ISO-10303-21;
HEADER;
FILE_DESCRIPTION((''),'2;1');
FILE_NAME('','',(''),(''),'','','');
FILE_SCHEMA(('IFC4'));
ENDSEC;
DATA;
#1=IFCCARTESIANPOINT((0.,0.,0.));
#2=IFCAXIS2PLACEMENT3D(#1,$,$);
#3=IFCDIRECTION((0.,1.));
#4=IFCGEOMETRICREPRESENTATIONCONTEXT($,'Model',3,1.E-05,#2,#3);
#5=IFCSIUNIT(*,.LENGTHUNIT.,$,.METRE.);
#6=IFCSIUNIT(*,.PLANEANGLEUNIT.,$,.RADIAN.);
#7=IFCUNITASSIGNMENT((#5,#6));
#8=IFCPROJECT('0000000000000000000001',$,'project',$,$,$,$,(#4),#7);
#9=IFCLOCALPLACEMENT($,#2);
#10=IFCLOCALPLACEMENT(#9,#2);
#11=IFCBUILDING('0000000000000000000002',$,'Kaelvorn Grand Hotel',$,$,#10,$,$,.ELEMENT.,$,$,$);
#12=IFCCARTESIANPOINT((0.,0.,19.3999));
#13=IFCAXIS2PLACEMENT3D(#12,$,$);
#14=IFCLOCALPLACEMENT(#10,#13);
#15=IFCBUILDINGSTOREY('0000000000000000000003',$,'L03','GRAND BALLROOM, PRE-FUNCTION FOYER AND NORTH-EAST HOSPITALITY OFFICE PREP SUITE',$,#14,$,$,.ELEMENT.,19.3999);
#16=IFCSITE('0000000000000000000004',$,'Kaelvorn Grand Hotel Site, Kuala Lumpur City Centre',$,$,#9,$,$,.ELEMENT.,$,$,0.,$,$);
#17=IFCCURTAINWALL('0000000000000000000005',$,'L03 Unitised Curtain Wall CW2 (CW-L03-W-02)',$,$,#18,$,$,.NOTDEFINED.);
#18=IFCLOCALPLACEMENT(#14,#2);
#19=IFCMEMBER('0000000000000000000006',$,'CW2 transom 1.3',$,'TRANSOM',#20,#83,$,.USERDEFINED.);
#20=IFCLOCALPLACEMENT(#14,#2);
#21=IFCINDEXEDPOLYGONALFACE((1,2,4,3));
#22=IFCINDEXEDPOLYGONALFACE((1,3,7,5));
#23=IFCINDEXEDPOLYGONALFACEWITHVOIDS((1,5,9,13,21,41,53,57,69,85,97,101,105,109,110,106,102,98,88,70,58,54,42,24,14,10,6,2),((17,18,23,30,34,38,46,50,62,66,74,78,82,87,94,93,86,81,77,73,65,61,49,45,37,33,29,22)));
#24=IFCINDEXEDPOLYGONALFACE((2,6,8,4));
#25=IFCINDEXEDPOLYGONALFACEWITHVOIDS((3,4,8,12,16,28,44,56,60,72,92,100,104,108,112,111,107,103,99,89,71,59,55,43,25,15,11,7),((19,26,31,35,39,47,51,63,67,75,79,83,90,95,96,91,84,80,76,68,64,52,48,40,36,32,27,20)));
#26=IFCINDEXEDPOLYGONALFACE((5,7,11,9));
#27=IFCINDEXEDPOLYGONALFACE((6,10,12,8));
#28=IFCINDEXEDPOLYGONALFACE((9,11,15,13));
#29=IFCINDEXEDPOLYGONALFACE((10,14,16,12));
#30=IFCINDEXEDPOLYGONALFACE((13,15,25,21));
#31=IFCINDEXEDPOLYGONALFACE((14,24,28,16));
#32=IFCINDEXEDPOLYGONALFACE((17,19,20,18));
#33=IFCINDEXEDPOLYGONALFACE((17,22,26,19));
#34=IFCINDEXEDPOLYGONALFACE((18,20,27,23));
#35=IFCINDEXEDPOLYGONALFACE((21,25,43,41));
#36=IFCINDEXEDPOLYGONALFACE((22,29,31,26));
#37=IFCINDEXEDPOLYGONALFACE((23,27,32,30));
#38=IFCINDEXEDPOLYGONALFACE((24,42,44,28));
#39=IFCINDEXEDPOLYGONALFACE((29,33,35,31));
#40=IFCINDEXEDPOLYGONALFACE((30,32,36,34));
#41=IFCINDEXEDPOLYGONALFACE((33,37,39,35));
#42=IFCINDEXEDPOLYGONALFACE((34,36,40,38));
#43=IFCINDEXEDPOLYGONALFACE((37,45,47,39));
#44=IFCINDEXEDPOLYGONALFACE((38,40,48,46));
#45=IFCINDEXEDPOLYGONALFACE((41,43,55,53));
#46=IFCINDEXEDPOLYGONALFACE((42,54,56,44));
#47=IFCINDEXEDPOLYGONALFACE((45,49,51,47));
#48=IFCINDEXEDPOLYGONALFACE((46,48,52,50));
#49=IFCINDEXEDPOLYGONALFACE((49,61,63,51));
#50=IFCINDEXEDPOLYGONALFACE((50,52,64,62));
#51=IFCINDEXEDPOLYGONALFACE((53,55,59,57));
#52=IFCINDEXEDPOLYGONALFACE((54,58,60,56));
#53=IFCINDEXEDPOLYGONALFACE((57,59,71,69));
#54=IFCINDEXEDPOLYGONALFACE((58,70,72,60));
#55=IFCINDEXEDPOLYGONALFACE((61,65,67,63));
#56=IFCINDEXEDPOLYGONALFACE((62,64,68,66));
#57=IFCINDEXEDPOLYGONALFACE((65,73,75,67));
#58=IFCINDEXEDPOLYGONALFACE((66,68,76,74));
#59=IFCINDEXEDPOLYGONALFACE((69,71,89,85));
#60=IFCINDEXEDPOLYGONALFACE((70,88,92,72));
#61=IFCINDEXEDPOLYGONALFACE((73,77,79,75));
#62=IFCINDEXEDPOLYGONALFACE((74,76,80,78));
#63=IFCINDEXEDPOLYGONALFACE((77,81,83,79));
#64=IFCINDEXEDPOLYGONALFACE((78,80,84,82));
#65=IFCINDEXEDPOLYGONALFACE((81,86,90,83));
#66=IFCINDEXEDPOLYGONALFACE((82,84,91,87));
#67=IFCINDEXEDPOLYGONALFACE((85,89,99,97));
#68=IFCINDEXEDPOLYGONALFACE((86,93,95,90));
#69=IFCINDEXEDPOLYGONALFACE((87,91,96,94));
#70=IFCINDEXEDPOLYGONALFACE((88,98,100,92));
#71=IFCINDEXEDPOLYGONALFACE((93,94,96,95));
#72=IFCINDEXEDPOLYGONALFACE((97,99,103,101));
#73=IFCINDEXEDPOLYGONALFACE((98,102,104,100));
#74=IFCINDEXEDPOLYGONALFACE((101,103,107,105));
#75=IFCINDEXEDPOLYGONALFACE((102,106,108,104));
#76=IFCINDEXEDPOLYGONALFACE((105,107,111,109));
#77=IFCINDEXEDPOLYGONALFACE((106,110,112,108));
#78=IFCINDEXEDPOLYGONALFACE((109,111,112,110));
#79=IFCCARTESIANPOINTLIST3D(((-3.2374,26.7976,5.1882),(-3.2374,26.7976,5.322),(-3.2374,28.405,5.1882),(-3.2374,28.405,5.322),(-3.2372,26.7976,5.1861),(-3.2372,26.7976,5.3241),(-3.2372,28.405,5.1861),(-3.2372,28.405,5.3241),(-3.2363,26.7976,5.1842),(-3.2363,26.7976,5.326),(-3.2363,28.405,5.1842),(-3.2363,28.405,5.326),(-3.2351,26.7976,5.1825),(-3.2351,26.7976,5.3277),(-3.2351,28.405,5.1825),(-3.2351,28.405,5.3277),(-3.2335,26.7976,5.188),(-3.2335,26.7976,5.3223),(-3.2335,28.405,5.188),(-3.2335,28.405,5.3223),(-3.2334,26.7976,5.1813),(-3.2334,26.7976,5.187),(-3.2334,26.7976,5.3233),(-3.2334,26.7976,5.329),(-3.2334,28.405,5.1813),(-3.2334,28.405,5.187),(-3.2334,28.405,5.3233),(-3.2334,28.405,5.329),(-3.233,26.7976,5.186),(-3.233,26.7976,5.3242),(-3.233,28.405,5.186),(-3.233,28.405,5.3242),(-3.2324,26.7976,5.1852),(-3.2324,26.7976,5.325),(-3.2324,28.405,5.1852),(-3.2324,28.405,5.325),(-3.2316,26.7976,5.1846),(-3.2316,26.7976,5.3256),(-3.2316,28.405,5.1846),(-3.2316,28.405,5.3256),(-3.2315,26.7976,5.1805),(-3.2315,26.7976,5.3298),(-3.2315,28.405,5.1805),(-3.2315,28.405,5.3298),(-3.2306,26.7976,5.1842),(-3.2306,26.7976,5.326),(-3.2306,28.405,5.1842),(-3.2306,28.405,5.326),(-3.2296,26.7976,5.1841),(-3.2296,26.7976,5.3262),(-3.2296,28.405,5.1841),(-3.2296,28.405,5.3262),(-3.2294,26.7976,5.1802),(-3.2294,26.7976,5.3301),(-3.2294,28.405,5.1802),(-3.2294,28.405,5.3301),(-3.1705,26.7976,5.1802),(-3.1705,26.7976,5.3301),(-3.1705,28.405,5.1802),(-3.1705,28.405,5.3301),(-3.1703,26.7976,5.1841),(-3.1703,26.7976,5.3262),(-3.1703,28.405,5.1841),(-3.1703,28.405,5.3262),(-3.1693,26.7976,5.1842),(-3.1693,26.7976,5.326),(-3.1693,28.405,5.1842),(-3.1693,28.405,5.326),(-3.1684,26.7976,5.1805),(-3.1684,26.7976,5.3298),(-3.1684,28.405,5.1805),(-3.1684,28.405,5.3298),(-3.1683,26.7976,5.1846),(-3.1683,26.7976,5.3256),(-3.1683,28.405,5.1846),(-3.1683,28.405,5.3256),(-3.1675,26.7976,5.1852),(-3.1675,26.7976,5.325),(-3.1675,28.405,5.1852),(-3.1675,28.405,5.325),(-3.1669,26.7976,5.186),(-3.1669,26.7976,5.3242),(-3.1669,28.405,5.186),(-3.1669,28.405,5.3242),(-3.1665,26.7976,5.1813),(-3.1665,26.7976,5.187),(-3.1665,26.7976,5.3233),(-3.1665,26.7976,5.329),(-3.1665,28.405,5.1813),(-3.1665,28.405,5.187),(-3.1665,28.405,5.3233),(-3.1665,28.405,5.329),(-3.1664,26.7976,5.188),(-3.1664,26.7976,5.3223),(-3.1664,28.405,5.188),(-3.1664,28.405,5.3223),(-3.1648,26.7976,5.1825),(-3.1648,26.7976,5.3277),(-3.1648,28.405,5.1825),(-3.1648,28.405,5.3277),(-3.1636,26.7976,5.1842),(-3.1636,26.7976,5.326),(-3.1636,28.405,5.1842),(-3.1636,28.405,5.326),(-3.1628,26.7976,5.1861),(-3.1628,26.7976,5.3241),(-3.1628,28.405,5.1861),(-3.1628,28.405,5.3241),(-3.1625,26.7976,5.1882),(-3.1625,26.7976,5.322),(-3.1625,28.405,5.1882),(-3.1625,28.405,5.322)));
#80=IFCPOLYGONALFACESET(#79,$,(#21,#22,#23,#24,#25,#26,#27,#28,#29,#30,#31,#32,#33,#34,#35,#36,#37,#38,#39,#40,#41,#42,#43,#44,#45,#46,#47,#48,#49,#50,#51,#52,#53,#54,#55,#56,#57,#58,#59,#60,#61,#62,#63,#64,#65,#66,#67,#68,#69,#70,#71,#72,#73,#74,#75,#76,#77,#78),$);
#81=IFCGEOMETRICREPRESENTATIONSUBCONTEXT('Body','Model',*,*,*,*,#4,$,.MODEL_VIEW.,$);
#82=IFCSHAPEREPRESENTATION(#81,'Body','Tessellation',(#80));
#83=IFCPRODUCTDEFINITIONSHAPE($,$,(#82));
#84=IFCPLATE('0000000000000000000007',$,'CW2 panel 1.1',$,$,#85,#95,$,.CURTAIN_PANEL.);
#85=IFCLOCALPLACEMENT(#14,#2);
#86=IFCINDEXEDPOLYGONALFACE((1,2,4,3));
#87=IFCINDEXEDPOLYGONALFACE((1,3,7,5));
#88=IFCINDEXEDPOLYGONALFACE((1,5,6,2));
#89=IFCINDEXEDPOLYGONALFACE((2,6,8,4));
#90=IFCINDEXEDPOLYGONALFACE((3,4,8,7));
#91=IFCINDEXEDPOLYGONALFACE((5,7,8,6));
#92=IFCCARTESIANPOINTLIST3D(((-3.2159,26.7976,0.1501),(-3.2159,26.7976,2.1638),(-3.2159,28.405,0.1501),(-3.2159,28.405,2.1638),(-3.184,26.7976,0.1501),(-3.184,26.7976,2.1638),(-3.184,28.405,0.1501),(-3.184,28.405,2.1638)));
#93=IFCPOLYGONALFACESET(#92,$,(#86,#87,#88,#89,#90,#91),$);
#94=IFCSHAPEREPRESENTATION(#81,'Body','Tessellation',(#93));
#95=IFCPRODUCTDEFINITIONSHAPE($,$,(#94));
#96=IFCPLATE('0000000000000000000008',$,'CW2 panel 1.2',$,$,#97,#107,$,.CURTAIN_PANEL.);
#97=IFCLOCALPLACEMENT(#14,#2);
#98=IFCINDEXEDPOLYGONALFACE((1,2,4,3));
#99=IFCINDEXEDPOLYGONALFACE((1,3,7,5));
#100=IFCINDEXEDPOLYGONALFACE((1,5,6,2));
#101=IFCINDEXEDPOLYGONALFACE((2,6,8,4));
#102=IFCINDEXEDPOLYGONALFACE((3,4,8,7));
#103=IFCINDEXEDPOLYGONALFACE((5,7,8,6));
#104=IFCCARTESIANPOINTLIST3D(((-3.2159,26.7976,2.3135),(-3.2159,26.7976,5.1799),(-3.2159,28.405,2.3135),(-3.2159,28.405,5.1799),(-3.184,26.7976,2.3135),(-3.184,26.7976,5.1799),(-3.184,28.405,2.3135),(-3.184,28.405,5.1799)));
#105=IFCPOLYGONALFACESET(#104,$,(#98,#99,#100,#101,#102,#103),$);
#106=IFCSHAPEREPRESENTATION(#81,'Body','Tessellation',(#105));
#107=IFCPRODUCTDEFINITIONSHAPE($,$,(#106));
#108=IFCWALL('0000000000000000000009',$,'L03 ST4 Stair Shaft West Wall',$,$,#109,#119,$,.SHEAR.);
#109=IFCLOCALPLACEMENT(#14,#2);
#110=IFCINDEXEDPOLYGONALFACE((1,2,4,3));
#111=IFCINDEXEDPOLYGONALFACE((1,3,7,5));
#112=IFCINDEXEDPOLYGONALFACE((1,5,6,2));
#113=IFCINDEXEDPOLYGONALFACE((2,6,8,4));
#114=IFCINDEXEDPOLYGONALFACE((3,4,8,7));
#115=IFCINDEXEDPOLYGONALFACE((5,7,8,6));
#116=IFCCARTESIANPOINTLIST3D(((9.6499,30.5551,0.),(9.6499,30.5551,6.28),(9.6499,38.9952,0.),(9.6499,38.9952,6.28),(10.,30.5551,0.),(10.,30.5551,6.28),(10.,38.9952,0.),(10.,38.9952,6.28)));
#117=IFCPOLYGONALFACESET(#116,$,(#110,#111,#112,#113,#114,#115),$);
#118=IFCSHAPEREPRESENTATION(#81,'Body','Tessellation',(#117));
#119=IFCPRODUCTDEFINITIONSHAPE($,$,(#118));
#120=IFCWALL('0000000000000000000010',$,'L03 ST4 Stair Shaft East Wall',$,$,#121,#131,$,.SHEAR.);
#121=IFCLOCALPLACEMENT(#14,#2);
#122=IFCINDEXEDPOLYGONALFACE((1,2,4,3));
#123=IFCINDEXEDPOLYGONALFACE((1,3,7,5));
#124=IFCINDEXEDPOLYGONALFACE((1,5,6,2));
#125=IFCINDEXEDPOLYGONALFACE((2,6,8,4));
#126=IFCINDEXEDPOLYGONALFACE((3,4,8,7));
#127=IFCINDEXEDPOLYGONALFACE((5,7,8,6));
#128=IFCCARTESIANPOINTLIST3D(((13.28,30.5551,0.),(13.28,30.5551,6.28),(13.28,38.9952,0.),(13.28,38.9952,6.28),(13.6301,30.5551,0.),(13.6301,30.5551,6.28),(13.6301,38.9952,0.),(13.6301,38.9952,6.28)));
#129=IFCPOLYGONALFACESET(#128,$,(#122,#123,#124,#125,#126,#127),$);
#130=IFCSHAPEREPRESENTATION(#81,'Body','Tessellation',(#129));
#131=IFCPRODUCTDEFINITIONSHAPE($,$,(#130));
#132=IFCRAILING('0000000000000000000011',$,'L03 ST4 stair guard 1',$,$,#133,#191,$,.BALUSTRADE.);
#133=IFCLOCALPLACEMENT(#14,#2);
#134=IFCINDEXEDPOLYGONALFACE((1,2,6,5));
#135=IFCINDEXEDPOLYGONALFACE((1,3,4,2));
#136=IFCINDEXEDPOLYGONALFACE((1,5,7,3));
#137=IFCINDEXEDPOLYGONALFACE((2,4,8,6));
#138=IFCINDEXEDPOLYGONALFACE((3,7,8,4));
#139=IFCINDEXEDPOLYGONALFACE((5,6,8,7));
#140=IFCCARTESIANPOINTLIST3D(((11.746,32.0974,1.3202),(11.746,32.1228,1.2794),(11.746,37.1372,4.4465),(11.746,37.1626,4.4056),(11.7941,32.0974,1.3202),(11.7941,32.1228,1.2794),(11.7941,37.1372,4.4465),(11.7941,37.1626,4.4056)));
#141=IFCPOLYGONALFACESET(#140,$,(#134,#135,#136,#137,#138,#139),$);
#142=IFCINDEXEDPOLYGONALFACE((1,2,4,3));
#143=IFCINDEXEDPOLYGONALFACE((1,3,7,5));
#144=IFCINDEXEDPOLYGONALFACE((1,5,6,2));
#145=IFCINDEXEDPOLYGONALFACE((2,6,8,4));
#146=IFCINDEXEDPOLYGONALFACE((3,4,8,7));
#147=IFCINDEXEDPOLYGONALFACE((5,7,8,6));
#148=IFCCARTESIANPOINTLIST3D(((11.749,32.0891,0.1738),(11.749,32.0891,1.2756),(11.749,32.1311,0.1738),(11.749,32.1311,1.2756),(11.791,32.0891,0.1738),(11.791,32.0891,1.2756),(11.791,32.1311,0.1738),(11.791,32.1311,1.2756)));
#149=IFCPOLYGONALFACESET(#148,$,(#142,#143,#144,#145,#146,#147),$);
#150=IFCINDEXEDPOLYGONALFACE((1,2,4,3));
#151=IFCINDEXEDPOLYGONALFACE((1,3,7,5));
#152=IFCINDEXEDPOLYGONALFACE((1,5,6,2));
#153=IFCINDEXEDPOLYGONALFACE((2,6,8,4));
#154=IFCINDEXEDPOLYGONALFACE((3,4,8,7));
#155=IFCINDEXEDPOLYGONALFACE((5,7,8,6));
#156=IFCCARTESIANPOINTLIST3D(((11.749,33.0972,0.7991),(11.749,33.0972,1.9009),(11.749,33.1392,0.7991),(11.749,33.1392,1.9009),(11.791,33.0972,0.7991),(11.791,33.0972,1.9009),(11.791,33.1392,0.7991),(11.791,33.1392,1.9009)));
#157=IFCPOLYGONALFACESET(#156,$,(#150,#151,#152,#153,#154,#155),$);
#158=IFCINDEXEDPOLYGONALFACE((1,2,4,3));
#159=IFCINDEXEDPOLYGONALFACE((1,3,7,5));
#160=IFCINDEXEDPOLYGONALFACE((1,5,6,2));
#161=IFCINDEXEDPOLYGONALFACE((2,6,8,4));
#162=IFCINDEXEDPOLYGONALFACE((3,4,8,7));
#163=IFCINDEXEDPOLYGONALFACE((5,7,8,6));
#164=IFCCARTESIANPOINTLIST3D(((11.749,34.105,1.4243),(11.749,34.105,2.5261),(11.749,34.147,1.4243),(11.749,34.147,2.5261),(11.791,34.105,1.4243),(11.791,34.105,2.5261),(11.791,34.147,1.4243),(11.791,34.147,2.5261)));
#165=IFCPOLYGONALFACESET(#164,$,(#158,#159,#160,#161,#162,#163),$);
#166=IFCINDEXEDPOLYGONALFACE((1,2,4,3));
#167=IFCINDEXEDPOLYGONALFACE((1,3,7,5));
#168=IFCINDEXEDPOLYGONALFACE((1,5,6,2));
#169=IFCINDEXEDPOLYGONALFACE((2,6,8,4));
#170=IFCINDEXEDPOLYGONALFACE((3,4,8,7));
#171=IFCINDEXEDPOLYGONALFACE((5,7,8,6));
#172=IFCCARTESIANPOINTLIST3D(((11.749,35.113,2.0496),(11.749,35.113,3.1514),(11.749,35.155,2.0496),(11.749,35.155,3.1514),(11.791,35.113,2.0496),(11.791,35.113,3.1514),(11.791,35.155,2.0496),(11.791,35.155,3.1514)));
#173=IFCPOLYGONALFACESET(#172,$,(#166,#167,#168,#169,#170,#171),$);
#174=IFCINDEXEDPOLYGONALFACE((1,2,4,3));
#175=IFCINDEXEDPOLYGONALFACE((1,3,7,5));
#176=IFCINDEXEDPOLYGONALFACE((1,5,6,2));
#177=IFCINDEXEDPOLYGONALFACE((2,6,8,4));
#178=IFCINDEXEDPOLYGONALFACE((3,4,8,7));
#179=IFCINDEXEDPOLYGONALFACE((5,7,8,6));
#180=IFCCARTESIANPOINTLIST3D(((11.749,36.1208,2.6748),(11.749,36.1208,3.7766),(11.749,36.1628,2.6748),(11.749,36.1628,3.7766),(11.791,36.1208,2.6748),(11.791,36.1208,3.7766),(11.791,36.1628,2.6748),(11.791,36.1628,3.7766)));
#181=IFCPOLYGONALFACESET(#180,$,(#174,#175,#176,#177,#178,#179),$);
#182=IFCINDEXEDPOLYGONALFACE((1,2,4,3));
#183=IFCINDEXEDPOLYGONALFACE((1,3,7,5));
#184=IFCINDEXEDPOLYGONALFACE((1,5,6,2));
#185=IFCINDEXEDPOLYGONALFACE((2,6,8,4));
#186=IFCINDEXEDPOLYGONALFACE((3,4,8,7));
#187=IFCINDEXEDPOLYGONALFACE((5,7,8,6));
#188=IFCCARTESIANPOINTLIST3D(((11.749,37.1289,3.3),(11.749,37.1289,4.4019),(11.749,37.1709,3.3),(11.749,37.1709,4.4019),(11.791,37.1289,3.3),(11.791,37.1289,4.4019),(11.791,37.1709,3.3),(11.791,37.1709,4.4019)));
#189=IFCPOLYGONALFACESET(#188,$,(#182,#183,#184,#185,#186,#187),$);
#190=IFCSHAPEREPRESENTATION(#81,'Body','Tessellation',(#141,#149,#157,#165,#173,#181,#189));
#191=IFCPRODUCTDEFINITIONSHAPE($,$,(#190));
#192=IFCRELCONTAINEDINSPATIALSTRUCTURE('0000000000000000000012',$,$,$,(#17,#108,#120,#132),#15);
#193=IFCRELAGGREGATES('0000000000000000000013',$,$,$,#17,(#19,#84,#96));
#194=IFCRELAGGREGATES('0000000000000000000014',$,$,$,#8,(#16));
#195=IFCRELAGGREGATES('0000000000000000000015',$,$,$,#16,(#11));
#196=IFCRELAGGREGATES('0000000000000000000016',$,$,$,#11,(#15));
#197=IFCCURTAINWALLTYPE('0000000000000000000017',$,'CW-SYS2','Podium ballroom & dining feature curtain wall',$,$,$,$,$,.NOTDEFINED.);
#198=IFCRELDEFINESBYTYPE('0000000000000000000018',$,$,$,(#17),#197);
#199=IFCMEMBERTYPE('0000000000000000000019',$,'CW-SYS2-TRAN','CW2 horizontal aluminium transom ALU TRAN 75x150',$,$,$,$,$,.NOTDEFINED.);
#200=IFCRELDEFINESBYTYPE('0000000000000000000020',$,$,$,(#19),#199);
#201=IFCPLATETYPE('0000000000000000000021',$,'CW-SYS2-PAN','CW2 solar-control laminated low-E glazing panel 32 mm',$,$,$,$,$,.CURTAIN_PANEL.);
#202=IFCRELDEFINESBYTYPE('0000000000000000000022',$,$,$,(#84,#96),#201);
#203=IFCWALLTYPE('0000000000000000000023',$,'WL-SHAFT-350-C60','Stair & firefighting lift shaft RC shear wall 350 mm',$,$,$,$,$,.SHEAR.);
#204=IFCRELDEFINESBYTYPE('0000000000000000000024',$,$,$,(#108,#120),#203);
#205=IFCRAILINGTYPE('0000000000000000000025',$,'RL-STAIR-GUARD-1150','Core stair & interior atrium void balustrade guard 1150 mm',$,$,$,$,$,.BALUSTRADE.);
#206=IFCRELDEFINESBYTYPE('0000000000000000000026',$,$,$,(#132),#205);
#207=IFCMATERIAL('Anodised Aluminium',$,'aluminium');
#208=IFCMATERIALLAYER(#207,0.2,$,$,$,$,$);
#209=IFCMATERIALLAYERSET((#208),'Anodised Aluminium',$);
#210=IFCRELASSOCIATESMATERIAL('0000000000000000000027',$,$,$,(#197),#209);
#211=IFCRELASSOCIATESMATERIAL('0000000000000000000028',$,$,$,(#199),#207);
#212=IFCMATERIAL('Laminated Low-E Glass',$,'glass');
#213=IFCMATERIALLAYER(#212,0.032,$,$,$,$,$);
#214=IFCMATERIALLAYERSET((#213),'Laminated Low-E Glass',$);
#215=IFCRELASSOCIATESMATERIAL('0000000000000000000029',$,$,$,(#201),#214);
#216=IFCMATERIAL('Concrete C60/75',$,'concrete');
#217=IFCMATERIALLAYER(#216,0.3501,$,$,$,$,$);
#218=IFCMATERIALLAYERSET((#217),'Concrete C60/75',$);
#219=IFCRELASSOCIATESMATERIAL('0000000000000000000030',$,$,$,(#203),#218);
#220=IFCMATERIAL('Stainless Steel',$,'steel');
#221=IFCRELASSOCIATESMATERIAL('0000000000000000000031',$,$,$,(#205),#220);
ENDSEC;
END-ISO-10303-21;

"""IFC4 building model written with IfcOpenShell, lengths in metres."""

from ifc_helpers import new_model, si_unit, direction, frame, frame_2d, origin, origin_2d, place, context, subcontext, project, spatial, rectangle, hollow_rectangle, extrude, material, layer, layer_set, material_profile, profile_set, type_object, element, aggregate, save


model = new_model("IFC4")

# Units and contexts
model_context = context("Model", 3, precision=1e-05, world=origin(), true_north=direction((0.0, 1.0)))
body_context = subcontext(model_context, "Body", "Model", "MODEL_VIEW")
ifc_project = project(units=[si_unit("LENGTHUNIT", "METRE"), si_unit("PLANEANGLEUNIT", "RADIAN")], contexts=[model_context])

# Site, building, storey
site_placement = place(None, origin())
site = spatial("IfcSite", under=ifc_project, at=site_placement, Name="Kaelvorn Grand Hotel Site, Kuala Lumpur City Centre", CompositionType="ELEMENT", RefElevation=0.0)
building_placement = place(site_placement, origin())
building = spatial("IfcBuilding", under=site, at=building_placement, Name="Kaelvorn Grand Hotel", CompositionType="ELEMENT")
storey_placement = place(building_placement, frame((0.0, 0.0, 19.3999)))
storey = spatial("IfcBuildingStorey", under=building, at=storey_placement, Name="L03", Description="GRAND BALLROOM, PRE-FUNCTION FOYER AND NORTH-EAST HOSPITALITY OFFICE PREP SUITE", CompositionType="ELEMENT", Elevation=19.3999)

# Shared definitions
ifc_material_1 = material(Name="Concrete C60/75", Category="concrete")

# Curtain wall, member, plates
ifc_material_2 = material(Name="Anodised Aluminium", Category="aluminium")
ifc_layer_1 = layer(ifc_material_2, 0.2)
ifc_layer_set_1 = layer_set([ifc_layer_1], Name="Anodised Aluminium")
curtain_wall_type = type_object("IfcCurtainWallType", Name="CW-SYS2", Description="Podium ballroom & dining feature curtain wall", PredefinedType="NOTDEFINED", material=ifc_layer_set_1)
curtain_wall_placement = place(storey_placement, origin())
curtain_wall = element("IfcCurtainWall", 1, at=curtain_wall_placement, inside=storey, type_object=curtain_wall_type, Name="L03 Unitised Curtain Wall CW2 (CW-L03-W-02)", PredefinedType="NOTDEFINED")
ifc_material_profile_1 = material_profile(ifc_material_2, hollow_rectangle(XDim=0.075, YDim=0.1499, WallThickness=0.0039, InnerFilletRadius=0.0039, OuterFilletRadius=0.0081, at=origin_2d()), Name="ALU TRAN 75x150")
ifc_profile_set_1 = profile_set([ifc_material_profile_1], Name="Anodised Aluminium")
member_type_1 = type_object("IfcMemberType", Name="CW-SYS2-TRAN", Description="CW2 horizontal aluminium transom ALU TRAN 75x150", PredefinedType="NOTDEFINED", material=ifc_profile_set_1)
member_1_placement = place(storey_placement, frame((-3.2, 28.405, 5.2551), z_axis=(0.0, -1.0, 0.0), x_axis=(1.0, 0.0, 0.0)))
member_1 = element("IfcMember", 2, at=member_1_placement, type_object=member_type_1, Name="CW2 transom 1.3", ObjectType="TRANSOM", PredefinedType="USERDEFINED", context=body_context, shape_type="SweptSolid", body=[
    extrude(hollow_rectangle(XDim=0.075, YDim=0.1499, WallThickness=0.0039, InnerFilletRadius=0.0039, OuterFilletRadius=0.0081, at=origin_2d()), origin(), (0.0, 0.0, 1.0), 1.6074),
])
ifc_material_3 = material(Name="Laminated Low-E Glass", Category="glass")
ifc_layer_2 = layer(ifc_material_3, 0.032)
ifc_layer_set_2 = layer_set([ifc_layer_2], Name="Laminated Low-E Glass")
plate_type = type_object("IfcPlateType", Name="CW-SYS2-PAN", Description="CW2 solar-control laminated low-E glazing panel 32 mm", PredefinedType="CURTAIN_PANEL", material=ifc_layer_set_2)
plate_1_placement = place(storey_placement, frame((-3.2, 27.6013, 0.1501), z_axis=(0.0, 0.0, 1.0), x_axis=(0.0, -1.0, 0.0)))
plate_1 = element("IfcPlate", 3, at=plate_1_placement, type_object=plate_type, Name="CW2 panel 1.1", PredefinedType="CURTAIN_PANEL", context=body_context, shape_type="SweptSolid", body=[
    extrude(rectangle(XDim=1.6074, YDim=0.032, at=origin_2d()), origin(), (0.0, 0.0, 1.0), 2.0137),
])
plate_2_placement = place(storey_placement, frame((-3.2, 27.6013, 2.3135), z_axis=(0.0, 0.0, 1.0), x_axis=(0.0, -1.0, 0.0)))
plate_2 = element("IfcPlate", 4, at=plate_2_placement, type_object=plate_type, Name="CW2 panel 1.2", PredefinedType="CURTAIN_PANEL", context=body_context, shape_type="SweptSolid", body=[
    extrude(rectangle(XDim=1.6074, YDim=0.032, at=origin_2d()), origin(), (0.0, 0.0, 1.0), 2.8665),
])
aggregate(curtain_wall, [member_1, plate_1, plate_2])

# Shared definitions
ifc_layer_3 = layer(ifc_material_1, 0.3501)
ifc_layer_set_3 = layer_set([ifc_layer_3], Name="Concrete C60/75")
wall_type = type_object("IfcWallType", Name="WL-SHAFT-350-C60", Description="Stair & firefighting lift shaft RC shear wall 350 mm", PredefinedType="SHEAR", material=ifc_layer_set_3)

# Walls
for number, where, z_axis, x_axis, name in (
    (5, (9.825, 30.5549, 0.0), (0.0, 0.0, 1.0), (0.0, 1.0, 0.0), "L03 ST4 Stair Shaft West Wall"),
    (6, (13.4551, 30.5549, 0.0), (0.0, 0.0, 1.0), (0.0, 1.0, 0.0), "L03 ST4 Stair Shaft East Wall"),
):
    element("IfcWall", number, at=place(storey_placement, frame(where, z_axis=z_axis, x_axis=x_axis)), inside=storey, type_object=wall_type, Name=name, PredefinedType="SHEAR", context=body_context, shape_type="SweptSolid", body=[
        extrude(rectangle(XDim=8.4402, YDim=0.3501, at=frame_2d((4.2202, 0.0))), origin(), (0.0, 0.0, 1.0), 6.28),
    ])

# Railing
ifc_material_4 = material(Name="Stainless Steel", Category="steel")
railing_type = type_object("IfcRailingType", Name="RL-STAIR-GUARD-1150", Description="Core stair & interior atrium void balustrade guard 1150 mm", PredefinedType="BALUSTRADE", material=ifc_material_4)
railing_1_placement = place(storey_placement, frame((11.77, 32.1101, 0.1738)))
element("IfcRailing", 7, at=railing_1_placement, inside=storey, type_object=railing_type, Name="L03 ST4 stair guard 1", PredefinedType="BALUSTRADE", context=body_context, shape_type="SweptSolid", body=[
    extrude(rectangle(XDim=0.0481, YDim=0.0481, at=origin_2d()), frame((0.0, 0.0, 1.126), z_axis=(0.0, 0.849786, 0.527128), x_axis=(-1.0, 0.0, 0.0)), (0.0, 0.0, 1.0), 5.9307),
    extrude(rectangle(XDim=0.042, YDim=0.042, at=origin_2d()), origin(), (0.0, 0.0, 1.0), 1.1018),
    extrude(rectangle(XDim=0.042, YDim=0.042, at=origin_2d()), frame((0.0, 1.0081, 0.6252)), (0.0, 0.0, 1.0), 1.1018),
    extrude(rectangle(XDim=0.042, YDim=0.042, at=origin_2d()), frame((0.0, 2.0159, 1.2505)), (0.0, 0.0, 1.0), 1.1018),
    extrude(rectangle(XDim=0.042, YDim=0.042, at=origin_2d()), frame((0.0, 3.0239, 1.8757)), (0.0, 0.0, 1.0), 1.1018),
    extrude(rectangle(XDim=0.042, YDim=0.042, at=origin_2d()), frame((0.0, 4.0317, 2.501)), (0.0, 0.0, 1.0), 1.1018),
    extrude(rectangle(XDim=0.042, YDim=0.042, at=origin_2d()), frame((0.0, 5.0398, 3.1262)), (0.0, 0.0, 1.0), 1.1018),
])

save(model, "model.ifc")
